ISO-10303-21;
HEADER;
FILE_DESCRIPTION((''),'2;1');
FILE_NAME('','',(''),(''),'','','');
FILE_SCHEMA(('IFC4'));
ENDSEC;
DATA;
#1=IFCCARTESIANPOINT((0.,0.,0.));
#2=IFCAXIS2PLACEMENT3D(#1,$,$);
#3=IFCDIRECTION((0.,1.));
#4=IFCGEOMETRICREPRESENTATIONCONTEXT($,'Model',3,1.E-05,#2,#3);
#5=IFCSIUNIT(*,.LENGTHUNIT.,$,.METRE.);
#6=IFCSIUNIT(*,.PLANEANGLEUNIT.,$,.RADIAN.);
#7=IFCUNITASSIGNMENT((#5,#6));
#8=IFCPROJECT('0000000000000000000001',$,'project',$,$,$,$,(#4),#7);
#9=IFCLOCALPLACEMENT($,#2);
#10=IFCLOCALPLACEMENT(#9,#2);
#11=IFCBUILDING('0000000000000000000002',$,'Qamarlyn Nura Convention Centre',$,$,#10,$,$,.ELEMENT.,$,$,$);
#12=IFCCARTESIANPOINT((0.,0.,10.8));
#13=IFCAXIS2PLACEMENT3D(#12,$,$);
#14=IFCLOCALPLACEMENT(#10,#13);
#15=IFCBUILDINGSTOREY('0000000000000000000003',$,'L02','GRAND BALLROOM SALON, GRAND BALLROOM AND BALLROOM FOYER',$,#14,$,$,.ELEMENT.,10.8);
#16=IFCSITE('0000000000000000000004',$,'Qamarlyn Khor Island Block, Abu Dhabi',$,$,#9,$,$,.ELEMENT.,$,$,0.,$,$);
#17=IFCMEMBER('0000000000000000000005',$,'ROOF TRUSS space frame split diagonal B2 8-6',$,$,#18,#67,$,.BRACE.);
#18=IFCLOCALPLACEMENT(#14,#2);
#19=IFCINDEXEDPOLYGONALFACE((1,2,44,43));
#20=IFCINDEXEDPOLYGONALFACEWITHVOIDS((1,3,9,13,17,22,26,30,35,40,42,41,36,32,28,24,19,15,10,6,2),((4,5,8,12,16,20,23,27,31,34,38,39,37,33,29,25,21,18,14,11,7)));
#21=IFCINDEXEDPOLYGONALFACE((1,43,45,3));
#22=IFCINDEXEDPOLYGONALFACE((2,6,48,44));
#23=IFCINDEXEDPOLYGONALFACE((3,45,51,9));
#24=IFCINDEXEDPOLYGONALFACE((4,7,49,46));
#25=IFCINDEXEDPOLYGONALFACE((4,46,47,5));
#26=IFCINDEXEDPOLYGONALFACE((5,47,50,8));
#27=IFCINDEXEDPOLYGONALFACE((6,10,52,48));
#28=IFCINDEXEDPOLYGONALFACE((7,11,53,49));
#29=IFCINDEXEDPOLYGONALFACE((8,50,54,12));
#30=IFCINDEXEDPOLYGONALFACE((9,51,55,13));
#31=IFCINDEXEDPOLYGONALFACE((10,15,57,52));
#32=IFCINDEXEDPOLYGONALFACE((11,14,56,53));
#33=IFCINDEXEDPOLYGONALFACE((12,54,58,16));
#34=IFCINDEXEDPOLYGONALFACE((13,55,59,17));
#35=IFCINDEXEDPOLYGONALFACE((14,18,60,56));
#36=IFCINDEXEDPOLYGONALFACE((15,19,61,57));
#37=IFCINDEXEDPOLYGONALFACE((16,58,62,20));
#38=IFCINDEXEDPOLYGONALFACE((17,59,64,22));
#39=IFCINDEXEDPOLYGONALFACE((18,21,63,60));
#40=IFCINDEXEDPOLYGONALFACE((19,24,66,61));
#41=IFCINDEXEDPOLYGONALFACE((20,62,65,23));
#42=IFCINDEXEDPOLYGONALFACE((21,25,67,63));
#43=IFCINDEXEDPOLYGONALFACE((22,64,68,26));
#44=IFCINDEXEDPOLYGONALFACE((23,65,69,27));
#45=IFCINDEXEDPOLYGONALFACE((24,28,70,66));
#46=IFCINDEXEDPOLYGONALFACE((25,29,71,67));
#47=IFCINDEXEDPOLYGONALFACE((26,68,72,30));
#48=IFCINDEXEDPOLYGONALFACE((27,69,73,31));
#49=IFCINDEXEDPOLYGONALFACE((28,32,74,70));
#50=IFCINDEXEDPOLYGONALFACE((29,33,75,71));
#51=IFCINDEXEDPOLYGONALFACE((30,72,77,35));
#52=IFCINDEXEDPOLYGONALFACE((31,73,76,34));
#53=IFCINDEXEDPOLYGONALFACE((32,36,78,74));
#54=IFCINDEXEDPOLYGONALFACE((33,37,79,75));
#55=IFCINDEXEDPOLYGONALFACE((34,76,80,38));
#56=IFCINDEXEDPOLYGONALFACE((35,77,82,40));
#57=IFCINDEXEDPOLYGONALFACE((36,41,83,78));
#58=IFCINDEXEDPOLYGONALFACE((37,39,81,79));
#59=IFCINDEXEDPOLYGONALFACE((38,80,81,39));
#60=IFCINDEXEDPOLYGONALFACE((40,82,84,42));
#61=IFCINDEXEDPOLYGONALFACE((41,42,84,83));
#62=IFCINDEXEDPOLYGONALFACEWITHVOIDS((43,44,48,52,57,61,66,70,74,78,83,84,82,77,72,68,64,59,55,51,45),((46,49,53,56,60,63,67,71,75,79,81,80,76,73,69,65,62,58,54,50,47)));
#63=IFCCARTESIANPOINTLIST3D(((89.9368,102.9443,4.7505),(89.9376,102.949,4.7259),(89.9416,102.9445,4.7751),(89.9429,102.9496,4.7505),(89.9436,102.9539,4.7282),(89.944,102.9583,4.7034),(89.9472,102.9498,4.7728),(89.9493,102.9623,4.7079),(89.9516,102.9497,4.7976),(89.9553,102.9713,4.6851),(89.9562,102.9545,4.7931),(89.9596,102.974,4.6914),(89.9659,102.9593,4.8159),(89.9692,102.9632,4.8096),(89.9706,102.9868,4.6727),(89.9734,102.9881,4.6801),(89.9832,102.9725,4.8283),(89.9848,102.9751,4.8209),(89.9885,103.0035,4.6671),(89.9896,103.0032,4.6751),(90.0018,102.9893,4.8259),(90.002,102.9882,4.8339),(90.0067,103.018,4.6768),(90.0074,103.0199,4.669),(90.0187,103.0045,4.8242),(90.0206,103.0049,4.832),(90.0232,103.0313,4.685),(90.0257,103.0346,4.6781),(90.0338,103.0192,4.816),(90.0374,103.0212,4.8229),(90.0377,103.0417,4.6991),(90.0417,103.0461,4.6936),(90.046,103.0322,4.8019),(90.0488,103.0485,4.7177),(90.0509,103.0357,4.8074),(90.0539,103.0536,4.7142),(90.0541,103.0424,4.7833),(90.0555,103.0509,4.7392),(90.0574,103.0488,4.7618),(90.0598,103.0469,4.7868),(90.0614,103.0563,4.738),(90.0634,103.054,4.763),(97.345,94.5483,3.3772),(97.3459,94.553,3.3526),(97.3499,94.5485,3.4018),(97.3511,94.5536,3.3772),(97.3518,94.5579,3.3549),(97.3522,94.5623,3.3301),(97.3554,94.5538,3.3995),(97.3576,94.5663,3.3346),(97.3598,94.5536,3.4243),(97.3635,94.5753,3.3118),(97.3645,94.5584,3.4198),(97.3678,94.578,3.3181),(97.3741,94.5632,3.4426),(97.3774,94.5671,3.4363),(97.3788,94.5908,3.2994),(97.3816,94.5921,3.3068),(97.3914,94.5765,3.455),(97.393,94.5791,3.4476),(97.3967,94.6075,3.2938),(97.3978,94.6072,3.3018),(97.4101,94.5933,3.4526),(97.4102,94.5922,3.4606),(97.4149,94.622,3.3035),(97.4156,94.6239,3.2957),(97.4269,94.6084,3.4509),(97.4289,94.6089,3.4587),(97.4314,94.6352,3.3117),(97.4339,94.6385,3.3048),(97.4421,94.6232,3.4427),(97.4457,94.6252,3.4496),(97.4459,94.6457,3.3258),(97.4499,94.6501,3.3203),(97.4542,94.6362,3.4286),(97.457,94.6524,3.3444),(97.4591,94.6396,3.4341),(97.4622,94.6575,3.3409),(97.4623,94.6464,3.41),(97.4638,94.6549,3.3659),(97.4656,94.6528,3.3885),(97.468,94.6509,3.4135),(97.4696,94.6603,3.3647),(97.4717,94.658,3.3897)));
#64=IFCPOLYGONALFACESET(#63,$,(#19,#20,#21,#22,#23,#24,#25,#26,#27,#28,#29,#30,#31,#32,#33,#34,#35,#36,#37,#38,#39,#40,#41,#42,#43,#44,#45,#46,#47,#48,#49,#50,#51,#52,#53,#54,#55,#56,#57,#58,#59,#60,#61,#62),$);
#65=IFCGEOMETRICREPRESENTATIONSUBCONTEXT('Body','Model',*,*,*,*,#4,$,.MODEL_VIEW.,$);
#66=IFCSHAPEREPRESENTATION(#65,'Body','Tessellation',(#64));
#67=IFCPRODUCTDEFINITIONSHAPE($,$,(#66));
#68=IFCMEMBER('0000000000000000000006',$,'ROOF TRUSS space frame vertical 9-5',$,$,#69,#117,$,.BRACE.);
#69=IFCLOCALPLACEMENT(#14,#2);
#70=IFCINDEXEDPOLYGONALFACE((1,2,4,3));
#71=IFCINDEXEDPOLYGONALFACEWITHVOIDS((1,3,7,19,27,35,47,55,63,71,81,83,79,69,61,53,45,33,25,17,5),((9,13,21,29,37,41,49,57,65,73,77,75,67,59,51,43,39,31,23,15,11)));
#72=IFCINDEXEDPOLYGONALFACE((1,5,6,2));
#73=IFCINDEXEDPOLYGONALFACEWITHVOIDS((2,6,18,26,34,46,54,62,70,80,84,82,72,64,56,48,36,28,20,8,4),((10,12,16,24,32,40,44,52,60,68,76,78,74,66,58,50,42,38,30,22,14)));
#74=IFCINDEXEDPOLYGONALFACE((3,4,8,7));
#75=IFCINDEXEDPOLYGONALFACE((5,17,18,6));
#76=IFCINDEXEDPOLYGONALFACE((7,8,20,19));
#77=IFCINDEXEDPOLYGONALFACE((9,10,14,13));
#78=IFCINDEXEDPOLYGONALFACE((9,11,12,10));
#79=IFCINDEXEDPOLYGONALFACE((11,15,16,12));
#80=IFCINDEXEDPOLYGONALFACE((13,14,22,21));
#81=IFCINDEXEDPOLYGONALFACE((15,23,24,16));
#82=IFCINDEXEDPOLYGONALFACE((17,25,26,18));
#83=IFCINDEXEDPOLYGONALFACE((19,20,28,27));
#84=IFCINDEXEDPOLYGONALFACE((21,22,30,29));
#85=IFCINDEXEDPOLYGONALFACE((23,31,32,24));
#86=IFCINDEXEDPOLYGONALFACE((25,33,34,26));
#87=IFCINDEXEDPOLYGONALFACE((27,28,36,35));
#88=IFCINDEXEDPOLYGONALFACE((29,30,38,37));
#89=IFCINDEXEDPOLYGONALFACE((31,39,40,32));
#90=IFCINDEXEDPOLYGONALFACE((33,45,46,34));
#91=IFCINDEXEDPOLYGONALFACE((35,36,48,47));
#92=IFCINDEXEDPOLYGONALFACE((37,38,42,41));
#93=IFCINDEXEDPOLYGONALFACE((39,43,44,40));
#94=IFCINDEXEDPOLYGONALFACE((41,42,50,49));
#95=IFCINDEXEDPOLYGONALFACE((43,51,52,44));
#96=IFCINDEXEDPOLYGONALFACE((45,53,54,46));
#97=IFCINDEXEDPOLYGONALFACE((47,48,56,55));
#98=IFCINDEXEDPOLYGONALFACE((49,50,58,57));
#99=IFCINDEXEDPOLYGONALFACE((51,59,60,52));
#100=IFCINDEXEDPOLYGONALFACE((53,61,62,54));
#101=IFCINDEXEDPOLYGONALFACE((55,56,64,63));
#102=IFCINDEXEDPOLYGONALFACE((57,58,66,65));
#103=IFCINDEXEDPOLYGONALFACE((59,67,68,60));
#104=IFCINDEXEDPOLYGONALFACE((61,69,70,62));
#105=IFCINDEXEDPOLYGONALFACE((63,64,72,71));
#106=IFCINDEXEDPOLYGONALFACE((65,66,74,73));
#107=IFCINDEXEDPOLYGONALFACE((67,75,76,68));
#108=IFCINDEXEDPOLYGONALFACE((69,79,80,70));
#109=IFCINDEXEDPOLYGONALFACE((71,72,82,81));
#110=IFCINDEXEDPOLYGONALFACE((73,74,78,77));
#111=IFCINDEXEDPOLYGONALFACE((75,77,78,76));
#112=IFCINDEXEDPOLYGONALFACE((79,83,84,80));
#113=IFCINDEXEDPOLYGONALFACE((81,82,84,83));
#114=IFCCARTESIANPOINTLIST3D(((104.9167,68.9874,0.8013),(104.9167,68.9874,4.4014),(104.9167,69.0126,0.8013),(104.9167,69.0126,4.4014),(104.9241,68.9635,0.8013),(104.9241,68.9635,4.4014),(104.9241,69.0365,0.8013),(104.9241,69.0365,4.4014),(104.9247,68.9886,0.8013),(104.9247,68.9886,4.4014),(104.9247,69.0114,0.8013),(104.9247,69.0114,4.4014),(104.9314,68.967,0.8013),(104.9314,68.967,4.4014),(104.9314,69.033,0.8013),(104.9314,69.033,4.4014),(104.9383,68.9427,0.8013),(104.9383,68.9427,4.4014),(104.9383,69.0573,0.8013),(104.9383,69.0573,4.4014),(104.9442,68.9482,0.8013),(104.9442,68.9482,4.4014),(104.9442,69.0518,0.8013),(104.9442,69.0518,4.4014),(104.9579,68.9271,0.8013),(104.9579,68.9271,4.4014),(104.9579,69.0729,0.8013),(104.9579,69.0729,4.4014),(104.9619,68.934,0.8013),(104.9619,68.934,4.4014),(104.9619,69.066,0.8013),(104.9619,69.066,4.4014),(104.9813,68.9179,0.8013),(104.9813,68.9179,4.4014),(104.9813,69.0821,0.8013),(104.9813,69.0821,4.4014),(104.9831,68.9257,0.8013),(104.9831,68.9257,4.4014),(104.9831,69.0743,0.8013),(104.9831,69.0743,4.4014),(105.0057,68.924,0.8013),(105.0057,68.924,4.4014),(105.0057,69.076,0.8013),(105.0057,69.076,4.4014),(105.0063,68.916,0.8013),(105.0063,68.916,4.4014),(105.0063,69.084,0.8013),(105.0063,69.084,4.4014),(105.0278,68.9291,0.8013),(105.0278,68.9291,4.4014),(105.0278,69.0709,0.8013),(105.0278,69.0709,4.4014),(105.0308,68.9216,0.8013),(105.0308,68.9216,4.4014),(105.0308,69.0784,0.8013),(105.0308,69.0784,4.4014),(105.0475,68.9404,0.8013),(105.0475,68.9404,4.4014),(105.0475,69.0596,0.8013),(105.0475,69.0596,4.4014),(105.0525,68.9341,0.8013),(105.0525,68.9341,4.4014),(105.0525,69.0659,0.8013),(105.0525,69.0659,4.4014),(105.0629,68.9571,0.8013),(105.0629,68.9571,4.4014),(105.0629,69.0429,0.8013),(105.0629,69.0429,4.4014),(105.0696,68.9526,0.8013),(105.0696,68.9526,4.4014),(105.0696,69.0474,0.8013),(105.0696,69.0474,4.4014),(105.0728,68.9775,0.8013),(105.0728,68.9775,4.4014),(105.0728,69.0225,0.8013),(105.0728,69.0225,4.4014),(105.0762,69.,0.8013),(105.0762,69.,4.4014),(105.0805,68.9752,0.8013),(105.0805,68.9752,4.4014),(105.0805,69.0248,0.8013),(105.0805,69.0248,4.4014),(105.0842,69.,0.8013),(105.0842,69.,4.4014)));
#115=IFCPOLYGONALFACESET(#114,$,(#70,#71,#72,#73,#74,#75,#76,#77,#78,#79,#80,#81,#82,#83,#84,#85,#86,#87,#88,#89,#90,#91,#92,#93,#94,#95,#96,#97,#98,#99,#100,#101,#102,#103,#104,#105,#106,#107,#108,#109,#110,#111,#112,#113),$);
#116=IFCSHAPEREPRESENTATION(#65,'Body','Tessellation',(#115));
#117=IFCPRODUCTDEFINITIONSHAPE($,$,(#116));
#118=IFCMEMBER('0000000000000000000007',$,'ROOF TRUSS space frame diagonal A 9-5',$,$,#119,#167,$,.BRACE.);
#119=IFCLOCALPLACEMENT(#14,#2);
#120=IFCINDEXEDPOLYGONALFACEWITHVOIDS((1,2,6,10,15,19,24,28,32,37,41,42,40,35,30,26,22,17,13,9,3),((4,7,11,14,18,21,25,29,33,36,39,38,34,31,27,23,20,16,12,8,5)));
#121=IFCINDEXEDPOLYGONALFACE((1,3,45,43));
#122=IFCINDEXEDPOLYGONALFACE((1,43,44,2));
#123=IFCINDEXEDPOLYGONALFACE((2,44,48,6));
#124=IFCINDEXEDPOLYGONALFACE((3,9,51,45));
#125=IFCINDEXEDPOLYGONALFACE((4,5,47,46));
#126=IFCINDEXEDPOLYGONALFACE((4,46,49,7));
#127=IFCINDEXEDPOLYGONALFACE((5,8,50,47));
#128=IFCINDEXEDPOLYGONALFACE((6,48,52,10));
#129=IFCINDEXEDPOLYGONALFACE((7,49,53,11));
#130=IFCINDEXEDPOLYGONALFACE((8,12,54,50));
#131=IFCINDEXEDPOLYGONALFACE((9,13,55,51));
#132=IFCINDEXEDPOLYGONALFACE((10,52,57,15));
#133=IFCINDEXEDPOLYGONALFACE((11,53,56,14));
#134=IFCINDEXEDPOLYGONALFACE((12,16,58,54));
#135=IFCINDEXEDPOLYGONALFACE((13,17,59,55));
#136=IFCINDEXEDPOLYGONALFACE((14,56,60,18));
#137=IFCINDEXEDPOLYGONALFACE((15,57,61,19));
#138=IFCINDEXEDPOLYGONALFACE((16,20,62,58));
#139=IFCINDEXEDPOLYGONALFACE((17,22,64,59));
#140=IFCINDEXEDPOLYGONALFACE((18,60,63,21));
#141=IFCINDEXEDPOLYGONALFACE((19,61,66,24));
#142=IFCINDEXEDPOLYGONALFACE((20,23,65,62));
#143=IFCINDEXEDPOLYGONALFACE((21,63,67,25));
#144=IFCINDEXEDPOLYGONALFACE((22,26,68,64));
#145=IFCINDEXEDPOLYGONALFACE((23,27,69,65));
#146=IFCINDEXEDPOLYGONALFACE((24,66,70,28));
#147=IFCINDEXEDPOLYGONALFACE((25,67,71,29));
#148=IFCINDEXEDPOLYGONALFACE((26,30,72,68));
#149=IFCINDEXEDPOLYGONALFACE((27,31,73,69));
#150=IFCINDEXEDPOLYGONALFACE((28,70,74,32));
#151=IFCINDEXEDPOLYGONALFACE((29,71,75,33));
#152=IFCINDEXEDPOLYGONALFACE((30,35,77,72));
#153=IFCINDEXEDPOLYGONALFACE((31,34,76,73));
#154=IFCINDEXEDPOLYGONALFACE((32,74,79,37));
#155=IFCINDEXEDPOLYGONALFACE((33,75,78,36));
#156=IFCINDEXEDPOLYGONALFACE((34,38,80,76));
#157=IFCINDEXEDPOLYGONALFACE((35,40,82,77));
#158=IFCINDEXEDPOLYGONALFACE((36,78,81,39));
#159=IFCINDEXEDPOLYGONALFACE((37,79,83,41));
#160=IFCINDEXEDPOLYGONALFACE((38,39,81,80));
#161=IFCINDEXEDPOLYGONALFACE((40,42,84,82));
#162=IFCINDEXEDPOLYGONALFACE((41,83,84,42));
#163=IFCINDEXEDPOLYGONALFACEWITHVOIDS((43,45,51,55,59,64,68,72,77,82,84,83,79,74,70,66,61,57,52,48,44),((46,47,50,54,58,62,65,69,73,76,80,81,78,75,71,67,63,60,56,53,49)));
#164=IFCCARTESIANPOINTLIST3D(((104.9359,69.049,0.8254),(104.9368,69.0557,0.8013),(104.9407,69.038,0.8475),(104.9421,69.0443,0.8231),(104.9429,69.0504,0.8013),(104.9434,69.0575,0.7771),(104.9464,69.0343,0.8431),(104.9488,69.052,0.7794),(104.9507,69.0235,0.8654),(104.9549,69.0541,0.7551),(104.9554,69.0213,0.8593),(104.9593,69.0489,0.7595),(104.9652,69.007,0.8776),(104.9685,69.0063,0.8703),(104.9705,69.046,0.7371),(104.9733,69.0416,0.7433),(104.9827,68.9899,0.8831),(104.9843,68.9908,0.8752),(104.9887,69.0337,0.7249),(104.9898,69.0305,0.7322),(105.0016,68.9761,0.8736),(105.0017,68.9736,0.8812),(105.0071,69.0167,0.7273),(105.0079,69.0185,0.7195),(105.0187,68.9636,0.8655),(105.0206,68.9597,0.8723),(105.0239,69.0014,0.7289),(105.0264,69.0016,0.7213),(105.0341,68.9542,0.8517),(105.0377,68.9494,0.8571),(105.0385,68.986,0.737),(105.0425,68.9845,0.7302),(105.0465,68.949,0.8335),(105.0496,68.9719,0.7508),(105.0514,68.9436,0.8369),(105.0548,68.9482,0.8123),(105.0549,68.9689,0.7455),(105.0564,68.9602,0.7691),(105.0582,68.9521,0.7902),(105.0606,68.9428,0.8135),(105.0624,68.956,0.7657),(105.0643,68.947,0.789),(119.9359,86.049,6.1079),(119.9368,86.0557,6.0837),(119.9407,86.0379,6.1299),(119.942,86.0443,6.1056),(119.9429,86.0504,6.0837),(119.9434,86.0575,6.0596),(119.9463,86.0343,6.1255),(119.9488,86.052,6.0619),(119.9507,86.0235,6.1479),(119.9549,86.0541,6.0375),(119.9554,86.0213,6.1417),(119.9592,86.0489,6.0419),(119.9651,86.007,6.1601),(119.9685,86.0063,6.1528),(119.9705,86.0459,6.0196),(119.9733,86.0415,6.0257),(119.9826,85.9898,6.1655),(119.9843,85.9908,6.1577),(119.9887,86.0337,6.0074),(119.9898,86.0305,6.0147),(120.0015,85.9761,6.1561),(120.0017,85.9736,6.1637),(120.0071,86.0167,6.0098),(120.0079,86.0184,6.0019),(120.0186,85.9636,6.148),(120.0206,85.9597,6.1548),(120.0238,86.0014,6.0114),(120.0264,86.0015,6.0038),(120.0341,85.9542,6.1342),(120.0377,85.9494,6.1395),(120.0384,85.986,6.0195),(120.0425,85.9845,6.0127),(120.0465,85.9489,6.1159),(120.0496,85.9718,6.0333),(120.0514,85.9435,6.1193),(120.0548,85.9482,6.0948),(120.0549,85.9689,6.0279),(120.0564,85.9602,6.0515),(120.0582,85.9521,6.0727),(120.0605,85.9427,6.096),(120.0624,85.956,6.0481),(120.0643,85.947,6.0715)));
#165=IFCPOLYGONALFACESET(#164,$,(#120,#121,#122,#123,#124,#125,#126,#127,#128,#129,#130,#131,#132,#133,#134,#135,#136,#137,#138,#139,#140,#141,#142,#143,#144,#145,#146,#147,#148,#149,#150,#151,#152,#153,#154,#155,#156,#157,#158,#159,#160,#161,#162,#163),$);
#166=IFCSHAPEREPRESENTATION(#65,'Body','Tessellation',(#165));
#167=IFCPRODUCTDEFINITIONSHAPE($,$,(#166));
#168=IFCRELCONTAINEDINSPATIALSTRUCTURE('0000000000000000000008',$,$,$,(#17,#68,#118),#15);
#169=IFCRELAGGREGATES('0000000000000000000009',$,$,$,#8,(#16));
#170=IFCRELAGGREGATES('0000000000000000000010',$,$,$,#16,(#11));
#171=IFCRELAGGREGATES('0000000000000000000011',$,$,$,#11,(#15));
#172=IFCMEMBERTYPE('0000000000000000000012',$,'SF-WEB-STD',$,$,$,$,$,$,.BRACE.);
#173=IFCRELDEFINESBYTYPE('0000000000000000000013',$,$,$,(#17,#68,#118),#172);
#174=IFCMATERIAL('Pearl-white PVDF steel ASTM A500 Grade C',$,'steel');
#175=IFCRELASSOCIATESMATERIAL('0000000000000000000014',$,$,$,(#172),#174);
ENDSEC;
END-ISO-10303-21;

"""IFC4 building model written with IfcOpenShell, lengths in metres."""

from ifc_helpers import new_model, si_unit, direction, frame, origin, origin_2d, place, context, subcontext, project, spatial, hollow_circle, extrude, material, material_profile, profile_set, type_object, element, save


model = new_model("IFC4")

# Units and contexts
model_context = context("Model", 3, precision=1e-05, world=origin(), true_north=direction((0.0, 1.0)))
body_context = subcontext(model_context, "Body", "Model", "MODEL_VIEW")
ifc_project = project(units=[si_unit("LENGTHUNIT", "METRE"), si_unit("PLANEANGLEUNIT", "RADIAN")], contexts=[model_context])

# Site, building, storey
site_placement = place(None, origin())
site = spatial("IfcSite", under=ifc_project, at=site_placement, Name="Qamarlyn Khor Island Block, Abu Dhabi", CompositionType="ELEMENT", RefElevation=0.0)
building_placement = place(site_placement, origin())
building = spatial("IfcBuilding", under=site, at=building_placement, Name="Qamarlyn Nura Convention Centre", CompositionType="ELEMENT")
storey_placement = place(building_placement, frame((0.0, 0.0, 10.8)))
storey = spatial("IfcBuildingStorey", under=building, at=storey_placement, Name="L02", Description="GRAND BALLROOM SALON, GRAND BALLROOM AND BALLROOM FOYER", CompositionType="ELEMENT", Elevation=10.8)

# Members
ifc_material_1 = material(Name="Pearl-white PVDF steel ASTM A500 Grade C", Category="steel")
ifc_material_profile_1 = material_profile(ifc_material_1, hollow_circle(Radius=0.0842, WallThickness=0.0081, at=origin_2d()), Name="CHS168.3X8")
ifc_profile_set_1 = profile_set([ifc_material_profile_1], Name="Pearl-white PVDF steel ASTM A500 Grade C")
member_type_1 = type_object("IfcMemberType", Name="SF-WEB-STD", PredefinedType="BRACE", material=ifc_profile_set_1)
member_1_placement = place(storey_placement, frame((97.4082, 94.604, 3.3772), z_axis=(-0.656699, 0.744262, 0.121735), x_axis=(-0.749839, -0.66162, 0.0)))
element("IfcMember", 1, at=member_1_placement, inside=storey, type_object=member_type_1, Name="ROOF TRUSS space frame split diagonal B2 8-6", PredefinedType="BRACE", context=body_context, shape_type="SweptSolid", body=[
    extrude(hollow_circle(Radius=0.0842, WallThickness=0.0081, at=origin_2d()), origin(), (0.0, 0.0, 1.0), 11.281),
])
member_2_placement = place(storey_placement, frame((105.0, 69.0, 0.8013), z_axis=(0.0, 0.0, 1.0), x_axis=(1.0, 0.0, 0.0)))
element("IfcMember", 2, at=member_2_placement, inside=storey, type_object=member_type_1, Name="ROOF TRUSS space frame vertical 9-5", PredefinedType="BRACE", context=body_context, shape_type="SweptSolid", body=[
    extrude(hollow_circle(Radius=0.0842, WallThickness=0.0081, at=origin_2d()), origin(), (0.0, 0.0, 1.0), 3.6001),
])
member_3_placement = place(storey_placement, frame((105.0, 69.0, 0.8013), z_axis=(0.644362, 0.730277, 0.226922), x_axis=(-0.749838, 0.661622, 0.0)))
element("IfcMember", 3, at=member_3_placement, inside=storey, type_object=member_type_1, Name="ROOF TRUSS space frame diagonal A 9-5", PredefinedType="BRACE", context=body_context, shape_type="SweptSolid", body=[
    extrude(hollow_circle(Radius=0.0842, WallThickness=0.0081, at=origin_2d()), origin(), (0.0, 0.0, 1.0), 23.2788),
])

save(model, "model.ifc")
